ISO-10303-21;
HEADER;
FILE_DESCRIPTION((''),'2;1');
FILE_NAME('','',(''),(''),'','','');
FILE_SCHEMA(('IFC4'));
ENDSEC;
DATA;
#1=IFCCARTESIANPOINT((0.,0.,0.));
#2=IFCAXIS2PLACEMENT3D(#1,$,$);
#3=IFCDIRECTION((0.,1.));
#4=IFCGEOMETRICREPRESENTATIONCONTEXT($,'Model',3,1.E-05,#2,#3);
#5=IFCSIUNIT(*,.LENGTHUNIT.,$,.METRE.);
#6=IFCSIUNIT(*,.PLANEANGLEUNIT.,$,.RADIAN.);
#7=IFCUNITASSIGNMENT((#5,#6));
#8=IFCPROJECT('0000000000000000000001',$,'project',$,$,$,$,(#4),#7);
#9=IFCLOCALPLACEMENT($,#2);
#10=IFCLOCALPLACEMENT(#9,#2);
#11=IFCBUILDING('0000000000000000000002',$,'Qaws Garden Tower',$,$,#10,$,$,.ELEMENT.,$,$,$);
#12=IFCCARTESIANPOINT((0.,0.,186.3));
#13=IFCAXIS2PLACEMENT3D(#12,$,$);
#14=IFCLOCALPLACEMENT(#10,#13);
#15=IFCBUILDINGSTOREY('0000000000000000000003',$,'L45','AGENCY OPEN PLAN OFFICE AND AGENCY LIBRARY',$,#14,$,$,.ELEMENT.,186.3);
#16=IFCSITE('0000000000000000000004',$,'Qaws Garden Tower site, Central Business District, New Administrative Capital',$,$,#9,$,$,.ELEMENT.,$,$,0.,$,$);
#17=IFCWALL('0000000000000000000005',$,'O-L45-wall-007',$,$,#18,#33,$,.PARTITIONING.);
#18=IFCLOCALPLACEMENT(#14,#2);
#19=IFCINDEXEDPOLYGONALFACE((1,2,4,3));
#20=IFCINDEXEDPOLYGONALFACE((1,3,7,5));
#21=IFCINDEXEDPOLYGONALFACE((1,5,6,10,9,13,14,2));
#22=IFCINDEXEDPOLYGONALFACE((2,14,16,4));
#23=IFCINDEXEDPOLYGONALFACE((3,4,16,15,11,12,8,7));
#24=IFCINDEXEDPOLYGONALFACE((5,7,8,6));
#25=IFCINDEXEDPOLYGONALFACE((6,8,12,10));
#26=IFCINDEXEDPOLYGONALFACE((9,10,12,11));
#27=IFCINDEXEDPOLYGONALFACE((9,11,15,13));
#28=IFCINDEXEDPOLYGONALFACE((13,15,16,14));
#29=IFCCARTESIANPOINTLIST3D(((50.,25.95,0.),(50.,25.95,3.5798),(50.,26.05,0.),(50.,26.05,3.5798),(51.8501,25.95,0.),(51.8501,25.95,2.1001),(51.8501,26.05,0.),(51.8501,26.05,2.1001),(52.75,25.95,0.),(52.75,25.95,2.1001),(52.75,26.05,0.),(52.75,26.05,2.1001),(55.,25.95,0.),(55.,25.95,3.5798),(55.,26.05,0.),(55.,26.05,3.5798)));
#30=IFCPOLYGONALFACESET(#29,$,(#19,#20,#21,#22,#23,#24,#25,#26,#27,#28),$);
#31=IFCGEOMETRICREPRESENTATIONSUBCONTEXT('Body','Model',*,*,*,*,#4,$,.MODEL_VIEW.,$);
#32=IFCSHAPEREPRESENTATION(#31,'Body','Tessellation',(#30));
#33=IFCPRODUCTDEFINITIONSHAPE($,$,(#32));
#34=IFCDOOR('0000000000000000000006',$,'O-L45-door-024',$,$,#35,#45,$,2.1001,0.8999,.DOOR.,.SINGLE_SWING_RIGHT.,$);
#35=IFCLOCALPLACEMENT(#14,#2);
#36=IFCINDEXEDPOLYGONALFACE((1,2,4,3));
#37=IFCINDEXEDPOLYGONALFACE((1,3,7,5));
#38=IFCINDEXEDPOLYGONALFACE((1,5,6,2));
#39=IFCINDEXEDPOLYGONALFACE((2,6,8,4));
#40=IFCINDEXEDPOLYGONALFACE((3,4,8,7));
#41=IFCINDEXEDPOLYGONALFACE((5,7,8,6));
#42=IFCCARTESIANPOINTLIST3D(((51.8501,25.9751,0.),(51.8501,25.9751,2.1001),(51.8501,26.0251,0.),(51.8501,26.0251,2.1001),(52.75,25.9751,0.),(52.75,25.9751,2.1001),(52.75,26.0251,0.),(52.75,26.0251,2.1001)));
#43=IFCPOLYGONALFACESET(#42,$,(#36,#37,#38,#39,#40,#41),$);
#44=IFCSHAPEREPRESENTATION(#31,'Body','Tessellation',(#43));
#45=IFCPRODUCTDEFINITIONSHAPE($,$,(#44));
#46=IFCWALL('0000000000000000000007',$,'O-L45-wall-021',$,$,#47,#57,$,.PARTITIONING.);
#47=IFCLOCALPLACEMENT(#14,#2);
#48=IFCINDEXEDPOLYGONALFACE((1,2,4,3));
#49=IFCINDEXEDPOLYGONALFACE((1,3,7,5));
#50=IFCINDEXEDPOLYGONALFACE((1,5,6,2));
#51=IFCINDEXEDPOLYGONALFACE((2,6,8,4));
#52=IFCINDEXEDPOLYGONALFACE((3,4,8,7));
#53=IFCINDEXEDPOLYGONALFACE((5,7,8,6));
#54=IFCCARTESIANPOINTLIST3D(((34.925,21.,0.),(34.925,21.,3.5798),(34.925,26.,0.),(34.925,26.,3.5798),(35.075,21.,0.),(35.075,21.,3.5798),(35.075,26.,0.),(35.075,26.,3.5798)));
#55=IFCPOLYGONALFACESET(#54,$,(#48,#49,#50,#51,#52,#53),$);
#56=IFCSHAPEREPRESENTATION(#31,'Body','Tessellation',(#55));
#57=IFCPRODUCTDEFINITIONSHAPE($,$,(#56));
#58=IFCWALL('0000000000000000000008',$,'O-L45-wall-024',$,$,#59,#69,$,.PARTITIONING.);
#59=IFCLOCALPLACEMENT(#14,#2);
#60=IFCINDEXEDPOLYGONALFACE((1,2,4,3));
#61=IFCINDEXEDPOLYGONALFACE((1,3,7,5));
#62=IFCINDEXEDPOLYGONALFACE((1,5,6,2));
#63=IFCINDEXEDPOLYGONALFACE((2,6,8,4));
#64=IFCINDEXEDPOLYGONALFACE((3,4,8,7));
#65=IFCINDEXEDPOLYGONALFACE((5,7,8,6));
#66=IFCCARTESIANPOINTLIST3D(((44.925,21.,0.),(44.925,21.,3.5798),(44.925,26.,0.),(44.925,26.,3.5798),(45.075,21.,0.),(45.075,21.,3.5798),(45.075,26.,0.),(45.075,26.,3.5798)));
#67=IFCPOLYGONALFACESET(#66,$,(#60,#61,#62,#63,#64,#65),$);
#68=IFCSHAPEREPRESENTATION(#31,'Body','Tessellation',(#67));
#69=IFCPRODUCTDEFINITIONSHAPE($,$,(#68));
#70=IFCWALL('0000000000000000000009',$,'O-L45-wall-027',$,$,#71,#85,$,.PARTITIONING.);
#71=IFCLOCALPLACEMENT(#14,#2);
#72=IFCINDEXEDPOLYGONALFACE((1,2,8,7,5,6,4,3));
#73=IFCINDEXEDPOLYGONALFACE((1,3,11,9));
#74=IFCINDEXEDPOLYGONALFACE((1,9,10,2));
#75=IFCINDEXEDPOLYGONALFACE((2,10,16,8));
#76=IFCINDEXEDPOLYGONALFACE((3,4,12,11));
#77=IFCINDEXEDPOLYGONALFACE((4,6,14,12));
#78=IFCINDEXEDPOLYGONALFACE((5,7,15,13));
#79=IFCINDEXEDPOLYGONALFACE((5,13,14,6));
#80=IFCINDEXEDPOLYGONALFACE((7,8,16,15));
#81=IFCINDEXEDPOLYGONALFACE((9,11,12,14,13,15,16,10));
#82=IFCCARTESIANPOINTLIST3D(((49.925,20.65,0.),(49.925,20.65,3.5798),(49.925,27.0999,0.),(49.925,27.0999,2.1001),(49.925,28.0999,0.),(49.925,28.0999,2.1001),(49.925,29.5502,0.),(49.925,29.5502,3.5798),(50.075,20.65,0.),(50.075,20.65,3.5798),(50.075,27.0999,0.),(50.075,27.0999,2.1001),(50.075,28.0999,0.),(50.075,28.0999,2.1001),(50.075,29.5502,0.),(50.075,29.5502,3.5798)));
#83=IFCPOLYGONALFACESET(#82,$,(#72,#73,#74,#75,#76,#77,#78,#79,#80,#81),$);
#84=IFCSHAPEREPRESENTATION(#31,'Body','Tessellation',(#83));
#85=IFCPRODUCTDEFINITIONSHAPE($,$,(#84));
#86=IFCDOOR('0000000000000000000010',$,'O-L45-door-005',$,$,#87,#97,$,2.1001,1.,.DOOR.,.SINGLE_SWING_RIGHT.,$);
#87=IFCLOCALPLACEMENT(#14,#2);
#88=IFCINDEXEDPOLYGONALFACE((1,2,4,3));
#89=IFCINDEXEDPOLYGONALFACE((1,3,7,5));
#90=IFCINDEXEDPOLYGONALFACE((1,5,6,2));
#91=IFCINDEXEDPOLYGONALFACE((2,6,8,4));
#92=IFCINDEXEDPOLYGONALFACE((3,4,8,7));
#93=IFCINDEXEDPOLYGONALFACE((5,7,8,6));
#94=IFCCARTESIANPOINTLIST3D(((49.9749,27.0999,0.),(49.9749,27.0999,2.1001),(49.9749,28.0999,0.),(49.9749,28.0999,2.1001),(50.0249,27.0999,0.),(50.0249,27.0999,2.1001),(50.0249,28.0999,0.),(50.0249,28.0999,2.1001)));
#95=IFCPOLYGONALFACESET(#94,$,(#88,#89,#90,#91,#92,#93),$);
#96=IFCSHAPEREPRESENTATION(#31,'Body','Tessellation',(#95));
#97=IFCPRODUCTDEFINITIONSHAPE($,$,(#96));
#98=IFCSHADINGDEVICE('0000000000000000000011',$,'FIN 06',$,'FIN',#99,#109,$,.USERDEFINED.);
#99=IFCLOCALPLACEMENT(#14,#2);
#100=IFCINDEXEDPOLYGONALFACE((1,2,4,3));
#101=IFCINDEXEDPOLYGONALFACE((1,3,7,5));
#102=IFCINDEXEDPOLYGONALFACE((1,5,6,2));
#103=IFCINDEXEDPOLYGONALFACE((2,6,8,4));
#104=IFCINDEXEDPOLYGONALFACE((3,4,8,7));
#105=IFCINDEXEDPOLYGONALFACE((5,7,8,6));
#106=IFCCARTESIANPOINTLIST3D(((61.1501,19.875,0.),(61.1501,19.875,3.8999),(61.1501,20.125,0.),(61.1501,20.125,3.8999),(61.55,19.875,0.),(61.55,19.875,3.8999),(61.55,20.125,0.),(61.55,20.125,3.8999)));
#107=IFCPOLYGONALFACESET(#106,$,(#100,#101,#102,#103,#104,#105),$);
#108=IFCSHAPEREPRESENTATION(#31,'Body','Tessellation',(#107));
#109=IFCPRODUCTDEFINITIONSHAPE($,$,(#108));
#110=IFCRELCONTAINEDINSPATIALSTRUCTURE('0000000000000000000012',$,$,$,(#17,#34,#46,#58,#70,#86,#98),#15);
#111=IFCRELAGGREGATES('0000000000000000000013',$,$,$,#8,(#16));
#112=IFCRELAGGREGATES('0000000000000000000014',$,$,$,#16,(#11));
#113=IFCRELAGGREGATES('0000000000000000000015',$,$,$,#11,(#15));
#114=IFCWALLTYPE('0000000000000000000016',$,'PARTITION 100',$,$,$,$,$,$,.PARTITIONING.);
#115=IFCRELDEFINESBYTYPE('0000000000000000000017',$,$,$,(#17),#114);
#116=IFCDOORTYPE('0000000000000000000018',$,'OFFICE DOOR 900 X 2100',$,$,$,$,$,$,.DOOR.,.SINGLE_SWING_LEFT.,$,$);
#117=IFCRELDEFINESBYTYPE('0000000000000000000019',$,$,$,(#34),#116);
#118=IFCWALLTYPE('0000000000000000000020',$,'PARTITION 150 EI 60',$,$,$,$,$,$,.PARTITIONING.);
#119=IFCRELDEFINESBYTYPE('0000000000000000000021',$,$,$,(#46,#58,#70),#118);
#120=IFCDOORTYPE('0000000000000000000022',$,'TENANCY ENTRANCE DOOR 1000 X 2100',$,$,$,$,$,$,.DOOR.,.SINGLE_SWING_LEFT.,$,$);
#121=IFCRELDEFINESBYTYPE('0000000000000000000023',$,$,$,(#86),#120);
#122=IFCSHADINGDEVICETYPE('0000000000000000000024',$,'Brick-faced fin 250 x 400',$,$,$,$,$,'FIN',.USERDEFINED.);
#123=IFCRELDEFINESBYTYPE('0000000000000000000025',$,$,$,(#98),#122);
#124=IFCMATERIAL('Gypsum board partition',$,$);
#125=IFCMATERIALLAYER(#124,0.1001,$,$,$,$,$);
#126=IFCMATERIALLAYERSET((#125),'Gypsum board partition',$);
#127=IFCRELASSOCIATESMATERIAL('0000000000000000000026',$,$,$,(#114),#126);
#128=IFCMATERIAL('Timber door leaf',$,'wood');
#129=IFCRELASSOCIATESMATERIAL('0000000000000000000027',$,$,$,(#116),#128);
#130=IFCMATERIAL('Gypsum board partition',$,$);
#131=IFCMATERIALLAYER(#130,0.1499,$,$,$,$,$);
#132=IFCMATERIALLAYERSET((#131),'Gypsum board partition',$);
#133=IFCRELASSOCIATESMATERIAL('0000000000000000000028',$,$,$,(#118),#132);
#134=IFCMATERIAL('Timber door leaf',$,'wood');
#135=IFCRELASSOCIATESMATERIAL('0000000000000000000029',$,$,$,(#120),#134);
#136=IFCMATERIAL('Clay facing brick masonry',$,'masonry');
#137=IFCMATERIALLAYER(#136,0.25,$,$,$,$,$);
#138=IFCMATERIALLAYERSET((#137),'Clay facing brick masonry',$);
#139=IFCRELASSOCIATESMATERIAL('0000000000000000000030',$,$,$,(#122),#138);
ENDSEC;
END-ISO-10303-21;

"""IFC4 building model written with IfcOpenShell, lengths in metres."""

from ifc_helpers import new_model, si_unit, direction, frame, frame_2d, origin, origin_2d, place, context, subcontext, project, spatial, rectangle, extrude, material, layer, layer_set, type_object, element, fill, save


model = new_model("IFC4")

# Units and contexts
model_context = context("Model", 3, precision=1e-05, world=origin(), true_north=direction((0.0, 1.0)))
body_context = subcontext(model_context, "Body", "Model", "MODEL_VIEW")
ifc_project = project(units=[si_unit("LENGTHUNIT", "METRE"), si_unit("PLANEANGLEUNIT", "RADIAN")], contexts=[model_context])

# Site, building, storey
site_placement = place(None, origin())
site = spatial("IfcSite", under=ifc_project, at=site_placement, Name="Qaws Garden Tower site, Central Business District, New Administrative Capital", CompositionType="ELEMENT", RefElevation=0.0)
building_placement = place(site_placement, origin())
building = spatial("IfcBuilding", under=site, at=building_placement, Name="Qaws Garden Tower", CompositionType="ELEMENT")
storey_placement = place(building_placement, frame((0.0, 0.0, 186.3)))
storey = spatial("IfcBuildingStorey", under=building, at=storey_placement, Name="L45", Description="AGENCY OPEN PLAN OFFICE AND AGENCY LIBRARY", CompositionType="ELEMENT", Elevation=186.3)

# Shared definitions
ifc_material_1 = material(Name="Gypsum board partition")
ifc_layer_1 = layer(ifc_material_1, 0.1001)
ifc_layer_set_1 = layer_set([ifc_layer_1], Name="Gypsum board partition")
wall_type_1 = type_object("IfcWallType", Name="PARTITION 100", PredefinedType="PARTITIONING", material=ifc_layer_set_1)

# Wall, opening, door
wall_1_placement = place(storey_placement, frame((50.0, 26.0, 0.0), z_axis=(0.0, 0.0, 1.0), x_axis=(1.0, 0.0, 0.0)))
wall_1 = element("IfcWall", 1, at=wall_1_placement, inside=storey, type_object=wall_type_1, Name="O-L45-wall-007", PredefinedType="PARTITIONING", context=body_context, shape_type="SweptSolid", body=[
    extrude(rectangle(XDim=5.0, YDim=0.1001, at=frame_2d((2.5, 0.0))), origin(), (0.0, 0.0, 1.0), 3.5798),
])
opening_1_placement = place(wall_1_placement, frame((1.8501, 0.0, 0.0)))
opening_1 = element("IfcOpeningElement", 2, at=opening_1_placement, cuts=wall_1, PredefinedType="OPENING", context=body_context, shape_type="SweptSolid", body=[
    extrude(rectangle(XDim=0.8999, YDim=2.1001, at=frame_2d((0.45, 1.05))), frame((0.0, 0.0601, 0.0), z_axis=(0.0, -1.0, 0.0), x_axis=(1.0, 0.0, 0.0)), (0.0, 0.0, 1.0), 0.1201),
])
ifc_material_2 = material(Name="Timber door leaf", Category="wood")
door_type_1 = type_object("IfcDoorType", Name="OFFICE DOOR 900 X 2100", OperationType="SINGLE_SWING_LEFT", PredefinedType="DOOR", material=ifc_material_2)
door_1_placement = place(opening_1_placement, frame((0.8999, 0.0, 0.0), z_axis=(0.0, 0.0, 1.0), x_axis=(-1.0, 0.0, 0.0)))
door_1 = element("IfcDoor", 3, at=door_1_placement, inside=storey, type_object=door_type_1, Name="O-L45-door-024", OperationType="SINGLE_SWING_RIGHT", OverallHeight=2.1001, OverallWidth=0.8999, PredefinedType="DOOR", context=body_context, shape_type="SweptSolid", body=[
    extrude(rectangle(XDim=0.8999, YDim=2.1001, at=frame_2d((0.45, 1.05))), frame((0.0, 0.0249, 0.0), z_axis=(0.0, -1.0, 0.0), x_axis=(1.0, 0.0, 0.0)), (0.0, 0.0, 1.0), 0.05),
])
fill(opening_1, door_1)

# Walls
ifc_material_3 = material(Name="Gypsum board partition")
ifc_layer_2 = layer(ifc_material_3, 0.1499)
ifc_layer_set_2 = layer_set([ifc_layer_2], Name="Gypsum board partition")
wall_type_2 = type_object("IfcWallType", Name="PARTITION 150 EI 60", PredefinedType="PARTITIONING", material=ifc_layer_set_2)
for number, where, z_axis, x_axis, name in (
    (4, (35.0, 21.0, 0.0), (0.0, 0.0, 1.0), (0.0, 1.0, 0.0), "O-L45-wall-021"),
    (5, (45.0, 21.0, 0.0), (0.0, 0.0, 1.0), (0.0, 1.0, 0.0), "O-L45-wall-024"),
):
    element("IfcWall", number, at=place(storey_placement, frame(where, z_axis=z_axis, x_axis=x_axis)), inside=storey, type_object=wall_type_2, Name=name, PredefinedType="PARTITIONING", context=body_context, shape_type="SweptSolid", body=[
        extrude(rectangle(XDim=5.0, YDim=0.1499, at=frame_2d((2.5, 0.0))), origin(), (0.0, 0.0, 1.0), 3.5798),
    ])

# Wall, opening, door
wall_2_placement = place(storey_placement, frame((50.0, 20.6499, 0.0), z_axis=(0.0, 0.0, 1.0), x_axis=(0.0, 1.0, 0.0)))
wall_2 = element("IfcWall", 6, at=wall_2_placement, inside=storey, type_object=wall_type_2, Name="O-L45-wall-027", PredefinedType="PARTITIONING", context=body_context, shape_type="SweptSolid", body=[
    extrude(rectangle(XDim=8.9001, YDim=0.1499, at=frame_2d((4.4502, 0.0))), origin(), (0.0, 0.0, 1.0), 3.5798),
])
opening_2_placement = place(wall_2_placement, frame((6.45, 0.0, 0.0)))
opening_2 = element("IfcOpeningElement", 7, at=opening_2_placement, cuts=wall_2, PredefinedType="OPENING", context=body_context, shape_type="SweptSolid", body=[
    extrude(rectangle(XDim=1.0, YDim=2.1001, at=frame_2d((0.5, 1.05))), frame((0.0, 0.085, 0.0), z_axis=(0.0, -1.0, 0.0), x_axis=(1.0, 0.0, 0.0)), (0.0, 0.0, 1.0), 0.1699),
])
ifc_material_4 = material(Name="Timber door leaf", Category="wood")
door_type_2 = type_object("IfcDoorType", Name="TENANCY ENTRANCE DOOR 1000 X 2100", OperationType="SINGLE_SWING_LEFT", PredefinedType="DOOR", material=ifc_material_4)
door_2_placement = place(opening_2_placement, frame((1.0, 0.0, 0.0), z_axis=(0.0, 0.0, 1.0), x_axis=(-1.0, 0.0, 0.0)))
door_2 = element("IfcDoor", 8, at=door_2_placement, inside=storey, type_object=door_type_2, Name="O-L45-door-005", OperationType="SINGLE_SWING_RIGHT", OverallHeight=2.1001, OverallWidth=1.0, PredefinedType="DOOR", context=body_context, shape_type="SweptSolid", body=[
    extrude(rectangle(XDim=1.0, YDim=2.1001, at=frame_2d((0.5, 1.05))), frame((0.0, 0.0249, 0.0), z_axis=(0.0, -1.0, 0.0), x_axis=(1.0, 0.0, 0.0)), (0.0, 0.0, 1.0), 0.05),
])
fill(opening_2, door_2)

# Shading device
ifc_material_5 = material(Name="Clay facing brick masonry", Category="masonry")
ifc_layer_3 = layer(ifc_material_5, 0.25)
ifc_layer_set_3 = layer_set([ifc_layer_3], Name="Clay facing brick masonry")
shading_device_type = type_object("IfcShadingDeviceType", Name="Brick-faced fin 250 x 400", ElementType="FIN", PredefinedType="USERDEFINED", material=ifc_layer_set_3)
shading_device_placement = place(storey_placement, frame((61.3501, 20.0, 0.0), z_axis=(0.0, 0.0, 1.0), x_axis=(0.0, 1.0, 0.0)))
element("IfcShadingDevice", 9, at=shading_device_placement, inside=storey, type_object=shading_device_type, Name="FIN 06", ObjectType="FIN", PredefinedType="USERDEFINED", context=body_context, shape_type="SweptSolid", body=[
    extrude(rectangle(XDim=0.25, YDim=0.3999, at=origin_2d()), origin(), (0.0, 0.0, 1.0), 3.8999),
])

save(model, "model.ifc")
